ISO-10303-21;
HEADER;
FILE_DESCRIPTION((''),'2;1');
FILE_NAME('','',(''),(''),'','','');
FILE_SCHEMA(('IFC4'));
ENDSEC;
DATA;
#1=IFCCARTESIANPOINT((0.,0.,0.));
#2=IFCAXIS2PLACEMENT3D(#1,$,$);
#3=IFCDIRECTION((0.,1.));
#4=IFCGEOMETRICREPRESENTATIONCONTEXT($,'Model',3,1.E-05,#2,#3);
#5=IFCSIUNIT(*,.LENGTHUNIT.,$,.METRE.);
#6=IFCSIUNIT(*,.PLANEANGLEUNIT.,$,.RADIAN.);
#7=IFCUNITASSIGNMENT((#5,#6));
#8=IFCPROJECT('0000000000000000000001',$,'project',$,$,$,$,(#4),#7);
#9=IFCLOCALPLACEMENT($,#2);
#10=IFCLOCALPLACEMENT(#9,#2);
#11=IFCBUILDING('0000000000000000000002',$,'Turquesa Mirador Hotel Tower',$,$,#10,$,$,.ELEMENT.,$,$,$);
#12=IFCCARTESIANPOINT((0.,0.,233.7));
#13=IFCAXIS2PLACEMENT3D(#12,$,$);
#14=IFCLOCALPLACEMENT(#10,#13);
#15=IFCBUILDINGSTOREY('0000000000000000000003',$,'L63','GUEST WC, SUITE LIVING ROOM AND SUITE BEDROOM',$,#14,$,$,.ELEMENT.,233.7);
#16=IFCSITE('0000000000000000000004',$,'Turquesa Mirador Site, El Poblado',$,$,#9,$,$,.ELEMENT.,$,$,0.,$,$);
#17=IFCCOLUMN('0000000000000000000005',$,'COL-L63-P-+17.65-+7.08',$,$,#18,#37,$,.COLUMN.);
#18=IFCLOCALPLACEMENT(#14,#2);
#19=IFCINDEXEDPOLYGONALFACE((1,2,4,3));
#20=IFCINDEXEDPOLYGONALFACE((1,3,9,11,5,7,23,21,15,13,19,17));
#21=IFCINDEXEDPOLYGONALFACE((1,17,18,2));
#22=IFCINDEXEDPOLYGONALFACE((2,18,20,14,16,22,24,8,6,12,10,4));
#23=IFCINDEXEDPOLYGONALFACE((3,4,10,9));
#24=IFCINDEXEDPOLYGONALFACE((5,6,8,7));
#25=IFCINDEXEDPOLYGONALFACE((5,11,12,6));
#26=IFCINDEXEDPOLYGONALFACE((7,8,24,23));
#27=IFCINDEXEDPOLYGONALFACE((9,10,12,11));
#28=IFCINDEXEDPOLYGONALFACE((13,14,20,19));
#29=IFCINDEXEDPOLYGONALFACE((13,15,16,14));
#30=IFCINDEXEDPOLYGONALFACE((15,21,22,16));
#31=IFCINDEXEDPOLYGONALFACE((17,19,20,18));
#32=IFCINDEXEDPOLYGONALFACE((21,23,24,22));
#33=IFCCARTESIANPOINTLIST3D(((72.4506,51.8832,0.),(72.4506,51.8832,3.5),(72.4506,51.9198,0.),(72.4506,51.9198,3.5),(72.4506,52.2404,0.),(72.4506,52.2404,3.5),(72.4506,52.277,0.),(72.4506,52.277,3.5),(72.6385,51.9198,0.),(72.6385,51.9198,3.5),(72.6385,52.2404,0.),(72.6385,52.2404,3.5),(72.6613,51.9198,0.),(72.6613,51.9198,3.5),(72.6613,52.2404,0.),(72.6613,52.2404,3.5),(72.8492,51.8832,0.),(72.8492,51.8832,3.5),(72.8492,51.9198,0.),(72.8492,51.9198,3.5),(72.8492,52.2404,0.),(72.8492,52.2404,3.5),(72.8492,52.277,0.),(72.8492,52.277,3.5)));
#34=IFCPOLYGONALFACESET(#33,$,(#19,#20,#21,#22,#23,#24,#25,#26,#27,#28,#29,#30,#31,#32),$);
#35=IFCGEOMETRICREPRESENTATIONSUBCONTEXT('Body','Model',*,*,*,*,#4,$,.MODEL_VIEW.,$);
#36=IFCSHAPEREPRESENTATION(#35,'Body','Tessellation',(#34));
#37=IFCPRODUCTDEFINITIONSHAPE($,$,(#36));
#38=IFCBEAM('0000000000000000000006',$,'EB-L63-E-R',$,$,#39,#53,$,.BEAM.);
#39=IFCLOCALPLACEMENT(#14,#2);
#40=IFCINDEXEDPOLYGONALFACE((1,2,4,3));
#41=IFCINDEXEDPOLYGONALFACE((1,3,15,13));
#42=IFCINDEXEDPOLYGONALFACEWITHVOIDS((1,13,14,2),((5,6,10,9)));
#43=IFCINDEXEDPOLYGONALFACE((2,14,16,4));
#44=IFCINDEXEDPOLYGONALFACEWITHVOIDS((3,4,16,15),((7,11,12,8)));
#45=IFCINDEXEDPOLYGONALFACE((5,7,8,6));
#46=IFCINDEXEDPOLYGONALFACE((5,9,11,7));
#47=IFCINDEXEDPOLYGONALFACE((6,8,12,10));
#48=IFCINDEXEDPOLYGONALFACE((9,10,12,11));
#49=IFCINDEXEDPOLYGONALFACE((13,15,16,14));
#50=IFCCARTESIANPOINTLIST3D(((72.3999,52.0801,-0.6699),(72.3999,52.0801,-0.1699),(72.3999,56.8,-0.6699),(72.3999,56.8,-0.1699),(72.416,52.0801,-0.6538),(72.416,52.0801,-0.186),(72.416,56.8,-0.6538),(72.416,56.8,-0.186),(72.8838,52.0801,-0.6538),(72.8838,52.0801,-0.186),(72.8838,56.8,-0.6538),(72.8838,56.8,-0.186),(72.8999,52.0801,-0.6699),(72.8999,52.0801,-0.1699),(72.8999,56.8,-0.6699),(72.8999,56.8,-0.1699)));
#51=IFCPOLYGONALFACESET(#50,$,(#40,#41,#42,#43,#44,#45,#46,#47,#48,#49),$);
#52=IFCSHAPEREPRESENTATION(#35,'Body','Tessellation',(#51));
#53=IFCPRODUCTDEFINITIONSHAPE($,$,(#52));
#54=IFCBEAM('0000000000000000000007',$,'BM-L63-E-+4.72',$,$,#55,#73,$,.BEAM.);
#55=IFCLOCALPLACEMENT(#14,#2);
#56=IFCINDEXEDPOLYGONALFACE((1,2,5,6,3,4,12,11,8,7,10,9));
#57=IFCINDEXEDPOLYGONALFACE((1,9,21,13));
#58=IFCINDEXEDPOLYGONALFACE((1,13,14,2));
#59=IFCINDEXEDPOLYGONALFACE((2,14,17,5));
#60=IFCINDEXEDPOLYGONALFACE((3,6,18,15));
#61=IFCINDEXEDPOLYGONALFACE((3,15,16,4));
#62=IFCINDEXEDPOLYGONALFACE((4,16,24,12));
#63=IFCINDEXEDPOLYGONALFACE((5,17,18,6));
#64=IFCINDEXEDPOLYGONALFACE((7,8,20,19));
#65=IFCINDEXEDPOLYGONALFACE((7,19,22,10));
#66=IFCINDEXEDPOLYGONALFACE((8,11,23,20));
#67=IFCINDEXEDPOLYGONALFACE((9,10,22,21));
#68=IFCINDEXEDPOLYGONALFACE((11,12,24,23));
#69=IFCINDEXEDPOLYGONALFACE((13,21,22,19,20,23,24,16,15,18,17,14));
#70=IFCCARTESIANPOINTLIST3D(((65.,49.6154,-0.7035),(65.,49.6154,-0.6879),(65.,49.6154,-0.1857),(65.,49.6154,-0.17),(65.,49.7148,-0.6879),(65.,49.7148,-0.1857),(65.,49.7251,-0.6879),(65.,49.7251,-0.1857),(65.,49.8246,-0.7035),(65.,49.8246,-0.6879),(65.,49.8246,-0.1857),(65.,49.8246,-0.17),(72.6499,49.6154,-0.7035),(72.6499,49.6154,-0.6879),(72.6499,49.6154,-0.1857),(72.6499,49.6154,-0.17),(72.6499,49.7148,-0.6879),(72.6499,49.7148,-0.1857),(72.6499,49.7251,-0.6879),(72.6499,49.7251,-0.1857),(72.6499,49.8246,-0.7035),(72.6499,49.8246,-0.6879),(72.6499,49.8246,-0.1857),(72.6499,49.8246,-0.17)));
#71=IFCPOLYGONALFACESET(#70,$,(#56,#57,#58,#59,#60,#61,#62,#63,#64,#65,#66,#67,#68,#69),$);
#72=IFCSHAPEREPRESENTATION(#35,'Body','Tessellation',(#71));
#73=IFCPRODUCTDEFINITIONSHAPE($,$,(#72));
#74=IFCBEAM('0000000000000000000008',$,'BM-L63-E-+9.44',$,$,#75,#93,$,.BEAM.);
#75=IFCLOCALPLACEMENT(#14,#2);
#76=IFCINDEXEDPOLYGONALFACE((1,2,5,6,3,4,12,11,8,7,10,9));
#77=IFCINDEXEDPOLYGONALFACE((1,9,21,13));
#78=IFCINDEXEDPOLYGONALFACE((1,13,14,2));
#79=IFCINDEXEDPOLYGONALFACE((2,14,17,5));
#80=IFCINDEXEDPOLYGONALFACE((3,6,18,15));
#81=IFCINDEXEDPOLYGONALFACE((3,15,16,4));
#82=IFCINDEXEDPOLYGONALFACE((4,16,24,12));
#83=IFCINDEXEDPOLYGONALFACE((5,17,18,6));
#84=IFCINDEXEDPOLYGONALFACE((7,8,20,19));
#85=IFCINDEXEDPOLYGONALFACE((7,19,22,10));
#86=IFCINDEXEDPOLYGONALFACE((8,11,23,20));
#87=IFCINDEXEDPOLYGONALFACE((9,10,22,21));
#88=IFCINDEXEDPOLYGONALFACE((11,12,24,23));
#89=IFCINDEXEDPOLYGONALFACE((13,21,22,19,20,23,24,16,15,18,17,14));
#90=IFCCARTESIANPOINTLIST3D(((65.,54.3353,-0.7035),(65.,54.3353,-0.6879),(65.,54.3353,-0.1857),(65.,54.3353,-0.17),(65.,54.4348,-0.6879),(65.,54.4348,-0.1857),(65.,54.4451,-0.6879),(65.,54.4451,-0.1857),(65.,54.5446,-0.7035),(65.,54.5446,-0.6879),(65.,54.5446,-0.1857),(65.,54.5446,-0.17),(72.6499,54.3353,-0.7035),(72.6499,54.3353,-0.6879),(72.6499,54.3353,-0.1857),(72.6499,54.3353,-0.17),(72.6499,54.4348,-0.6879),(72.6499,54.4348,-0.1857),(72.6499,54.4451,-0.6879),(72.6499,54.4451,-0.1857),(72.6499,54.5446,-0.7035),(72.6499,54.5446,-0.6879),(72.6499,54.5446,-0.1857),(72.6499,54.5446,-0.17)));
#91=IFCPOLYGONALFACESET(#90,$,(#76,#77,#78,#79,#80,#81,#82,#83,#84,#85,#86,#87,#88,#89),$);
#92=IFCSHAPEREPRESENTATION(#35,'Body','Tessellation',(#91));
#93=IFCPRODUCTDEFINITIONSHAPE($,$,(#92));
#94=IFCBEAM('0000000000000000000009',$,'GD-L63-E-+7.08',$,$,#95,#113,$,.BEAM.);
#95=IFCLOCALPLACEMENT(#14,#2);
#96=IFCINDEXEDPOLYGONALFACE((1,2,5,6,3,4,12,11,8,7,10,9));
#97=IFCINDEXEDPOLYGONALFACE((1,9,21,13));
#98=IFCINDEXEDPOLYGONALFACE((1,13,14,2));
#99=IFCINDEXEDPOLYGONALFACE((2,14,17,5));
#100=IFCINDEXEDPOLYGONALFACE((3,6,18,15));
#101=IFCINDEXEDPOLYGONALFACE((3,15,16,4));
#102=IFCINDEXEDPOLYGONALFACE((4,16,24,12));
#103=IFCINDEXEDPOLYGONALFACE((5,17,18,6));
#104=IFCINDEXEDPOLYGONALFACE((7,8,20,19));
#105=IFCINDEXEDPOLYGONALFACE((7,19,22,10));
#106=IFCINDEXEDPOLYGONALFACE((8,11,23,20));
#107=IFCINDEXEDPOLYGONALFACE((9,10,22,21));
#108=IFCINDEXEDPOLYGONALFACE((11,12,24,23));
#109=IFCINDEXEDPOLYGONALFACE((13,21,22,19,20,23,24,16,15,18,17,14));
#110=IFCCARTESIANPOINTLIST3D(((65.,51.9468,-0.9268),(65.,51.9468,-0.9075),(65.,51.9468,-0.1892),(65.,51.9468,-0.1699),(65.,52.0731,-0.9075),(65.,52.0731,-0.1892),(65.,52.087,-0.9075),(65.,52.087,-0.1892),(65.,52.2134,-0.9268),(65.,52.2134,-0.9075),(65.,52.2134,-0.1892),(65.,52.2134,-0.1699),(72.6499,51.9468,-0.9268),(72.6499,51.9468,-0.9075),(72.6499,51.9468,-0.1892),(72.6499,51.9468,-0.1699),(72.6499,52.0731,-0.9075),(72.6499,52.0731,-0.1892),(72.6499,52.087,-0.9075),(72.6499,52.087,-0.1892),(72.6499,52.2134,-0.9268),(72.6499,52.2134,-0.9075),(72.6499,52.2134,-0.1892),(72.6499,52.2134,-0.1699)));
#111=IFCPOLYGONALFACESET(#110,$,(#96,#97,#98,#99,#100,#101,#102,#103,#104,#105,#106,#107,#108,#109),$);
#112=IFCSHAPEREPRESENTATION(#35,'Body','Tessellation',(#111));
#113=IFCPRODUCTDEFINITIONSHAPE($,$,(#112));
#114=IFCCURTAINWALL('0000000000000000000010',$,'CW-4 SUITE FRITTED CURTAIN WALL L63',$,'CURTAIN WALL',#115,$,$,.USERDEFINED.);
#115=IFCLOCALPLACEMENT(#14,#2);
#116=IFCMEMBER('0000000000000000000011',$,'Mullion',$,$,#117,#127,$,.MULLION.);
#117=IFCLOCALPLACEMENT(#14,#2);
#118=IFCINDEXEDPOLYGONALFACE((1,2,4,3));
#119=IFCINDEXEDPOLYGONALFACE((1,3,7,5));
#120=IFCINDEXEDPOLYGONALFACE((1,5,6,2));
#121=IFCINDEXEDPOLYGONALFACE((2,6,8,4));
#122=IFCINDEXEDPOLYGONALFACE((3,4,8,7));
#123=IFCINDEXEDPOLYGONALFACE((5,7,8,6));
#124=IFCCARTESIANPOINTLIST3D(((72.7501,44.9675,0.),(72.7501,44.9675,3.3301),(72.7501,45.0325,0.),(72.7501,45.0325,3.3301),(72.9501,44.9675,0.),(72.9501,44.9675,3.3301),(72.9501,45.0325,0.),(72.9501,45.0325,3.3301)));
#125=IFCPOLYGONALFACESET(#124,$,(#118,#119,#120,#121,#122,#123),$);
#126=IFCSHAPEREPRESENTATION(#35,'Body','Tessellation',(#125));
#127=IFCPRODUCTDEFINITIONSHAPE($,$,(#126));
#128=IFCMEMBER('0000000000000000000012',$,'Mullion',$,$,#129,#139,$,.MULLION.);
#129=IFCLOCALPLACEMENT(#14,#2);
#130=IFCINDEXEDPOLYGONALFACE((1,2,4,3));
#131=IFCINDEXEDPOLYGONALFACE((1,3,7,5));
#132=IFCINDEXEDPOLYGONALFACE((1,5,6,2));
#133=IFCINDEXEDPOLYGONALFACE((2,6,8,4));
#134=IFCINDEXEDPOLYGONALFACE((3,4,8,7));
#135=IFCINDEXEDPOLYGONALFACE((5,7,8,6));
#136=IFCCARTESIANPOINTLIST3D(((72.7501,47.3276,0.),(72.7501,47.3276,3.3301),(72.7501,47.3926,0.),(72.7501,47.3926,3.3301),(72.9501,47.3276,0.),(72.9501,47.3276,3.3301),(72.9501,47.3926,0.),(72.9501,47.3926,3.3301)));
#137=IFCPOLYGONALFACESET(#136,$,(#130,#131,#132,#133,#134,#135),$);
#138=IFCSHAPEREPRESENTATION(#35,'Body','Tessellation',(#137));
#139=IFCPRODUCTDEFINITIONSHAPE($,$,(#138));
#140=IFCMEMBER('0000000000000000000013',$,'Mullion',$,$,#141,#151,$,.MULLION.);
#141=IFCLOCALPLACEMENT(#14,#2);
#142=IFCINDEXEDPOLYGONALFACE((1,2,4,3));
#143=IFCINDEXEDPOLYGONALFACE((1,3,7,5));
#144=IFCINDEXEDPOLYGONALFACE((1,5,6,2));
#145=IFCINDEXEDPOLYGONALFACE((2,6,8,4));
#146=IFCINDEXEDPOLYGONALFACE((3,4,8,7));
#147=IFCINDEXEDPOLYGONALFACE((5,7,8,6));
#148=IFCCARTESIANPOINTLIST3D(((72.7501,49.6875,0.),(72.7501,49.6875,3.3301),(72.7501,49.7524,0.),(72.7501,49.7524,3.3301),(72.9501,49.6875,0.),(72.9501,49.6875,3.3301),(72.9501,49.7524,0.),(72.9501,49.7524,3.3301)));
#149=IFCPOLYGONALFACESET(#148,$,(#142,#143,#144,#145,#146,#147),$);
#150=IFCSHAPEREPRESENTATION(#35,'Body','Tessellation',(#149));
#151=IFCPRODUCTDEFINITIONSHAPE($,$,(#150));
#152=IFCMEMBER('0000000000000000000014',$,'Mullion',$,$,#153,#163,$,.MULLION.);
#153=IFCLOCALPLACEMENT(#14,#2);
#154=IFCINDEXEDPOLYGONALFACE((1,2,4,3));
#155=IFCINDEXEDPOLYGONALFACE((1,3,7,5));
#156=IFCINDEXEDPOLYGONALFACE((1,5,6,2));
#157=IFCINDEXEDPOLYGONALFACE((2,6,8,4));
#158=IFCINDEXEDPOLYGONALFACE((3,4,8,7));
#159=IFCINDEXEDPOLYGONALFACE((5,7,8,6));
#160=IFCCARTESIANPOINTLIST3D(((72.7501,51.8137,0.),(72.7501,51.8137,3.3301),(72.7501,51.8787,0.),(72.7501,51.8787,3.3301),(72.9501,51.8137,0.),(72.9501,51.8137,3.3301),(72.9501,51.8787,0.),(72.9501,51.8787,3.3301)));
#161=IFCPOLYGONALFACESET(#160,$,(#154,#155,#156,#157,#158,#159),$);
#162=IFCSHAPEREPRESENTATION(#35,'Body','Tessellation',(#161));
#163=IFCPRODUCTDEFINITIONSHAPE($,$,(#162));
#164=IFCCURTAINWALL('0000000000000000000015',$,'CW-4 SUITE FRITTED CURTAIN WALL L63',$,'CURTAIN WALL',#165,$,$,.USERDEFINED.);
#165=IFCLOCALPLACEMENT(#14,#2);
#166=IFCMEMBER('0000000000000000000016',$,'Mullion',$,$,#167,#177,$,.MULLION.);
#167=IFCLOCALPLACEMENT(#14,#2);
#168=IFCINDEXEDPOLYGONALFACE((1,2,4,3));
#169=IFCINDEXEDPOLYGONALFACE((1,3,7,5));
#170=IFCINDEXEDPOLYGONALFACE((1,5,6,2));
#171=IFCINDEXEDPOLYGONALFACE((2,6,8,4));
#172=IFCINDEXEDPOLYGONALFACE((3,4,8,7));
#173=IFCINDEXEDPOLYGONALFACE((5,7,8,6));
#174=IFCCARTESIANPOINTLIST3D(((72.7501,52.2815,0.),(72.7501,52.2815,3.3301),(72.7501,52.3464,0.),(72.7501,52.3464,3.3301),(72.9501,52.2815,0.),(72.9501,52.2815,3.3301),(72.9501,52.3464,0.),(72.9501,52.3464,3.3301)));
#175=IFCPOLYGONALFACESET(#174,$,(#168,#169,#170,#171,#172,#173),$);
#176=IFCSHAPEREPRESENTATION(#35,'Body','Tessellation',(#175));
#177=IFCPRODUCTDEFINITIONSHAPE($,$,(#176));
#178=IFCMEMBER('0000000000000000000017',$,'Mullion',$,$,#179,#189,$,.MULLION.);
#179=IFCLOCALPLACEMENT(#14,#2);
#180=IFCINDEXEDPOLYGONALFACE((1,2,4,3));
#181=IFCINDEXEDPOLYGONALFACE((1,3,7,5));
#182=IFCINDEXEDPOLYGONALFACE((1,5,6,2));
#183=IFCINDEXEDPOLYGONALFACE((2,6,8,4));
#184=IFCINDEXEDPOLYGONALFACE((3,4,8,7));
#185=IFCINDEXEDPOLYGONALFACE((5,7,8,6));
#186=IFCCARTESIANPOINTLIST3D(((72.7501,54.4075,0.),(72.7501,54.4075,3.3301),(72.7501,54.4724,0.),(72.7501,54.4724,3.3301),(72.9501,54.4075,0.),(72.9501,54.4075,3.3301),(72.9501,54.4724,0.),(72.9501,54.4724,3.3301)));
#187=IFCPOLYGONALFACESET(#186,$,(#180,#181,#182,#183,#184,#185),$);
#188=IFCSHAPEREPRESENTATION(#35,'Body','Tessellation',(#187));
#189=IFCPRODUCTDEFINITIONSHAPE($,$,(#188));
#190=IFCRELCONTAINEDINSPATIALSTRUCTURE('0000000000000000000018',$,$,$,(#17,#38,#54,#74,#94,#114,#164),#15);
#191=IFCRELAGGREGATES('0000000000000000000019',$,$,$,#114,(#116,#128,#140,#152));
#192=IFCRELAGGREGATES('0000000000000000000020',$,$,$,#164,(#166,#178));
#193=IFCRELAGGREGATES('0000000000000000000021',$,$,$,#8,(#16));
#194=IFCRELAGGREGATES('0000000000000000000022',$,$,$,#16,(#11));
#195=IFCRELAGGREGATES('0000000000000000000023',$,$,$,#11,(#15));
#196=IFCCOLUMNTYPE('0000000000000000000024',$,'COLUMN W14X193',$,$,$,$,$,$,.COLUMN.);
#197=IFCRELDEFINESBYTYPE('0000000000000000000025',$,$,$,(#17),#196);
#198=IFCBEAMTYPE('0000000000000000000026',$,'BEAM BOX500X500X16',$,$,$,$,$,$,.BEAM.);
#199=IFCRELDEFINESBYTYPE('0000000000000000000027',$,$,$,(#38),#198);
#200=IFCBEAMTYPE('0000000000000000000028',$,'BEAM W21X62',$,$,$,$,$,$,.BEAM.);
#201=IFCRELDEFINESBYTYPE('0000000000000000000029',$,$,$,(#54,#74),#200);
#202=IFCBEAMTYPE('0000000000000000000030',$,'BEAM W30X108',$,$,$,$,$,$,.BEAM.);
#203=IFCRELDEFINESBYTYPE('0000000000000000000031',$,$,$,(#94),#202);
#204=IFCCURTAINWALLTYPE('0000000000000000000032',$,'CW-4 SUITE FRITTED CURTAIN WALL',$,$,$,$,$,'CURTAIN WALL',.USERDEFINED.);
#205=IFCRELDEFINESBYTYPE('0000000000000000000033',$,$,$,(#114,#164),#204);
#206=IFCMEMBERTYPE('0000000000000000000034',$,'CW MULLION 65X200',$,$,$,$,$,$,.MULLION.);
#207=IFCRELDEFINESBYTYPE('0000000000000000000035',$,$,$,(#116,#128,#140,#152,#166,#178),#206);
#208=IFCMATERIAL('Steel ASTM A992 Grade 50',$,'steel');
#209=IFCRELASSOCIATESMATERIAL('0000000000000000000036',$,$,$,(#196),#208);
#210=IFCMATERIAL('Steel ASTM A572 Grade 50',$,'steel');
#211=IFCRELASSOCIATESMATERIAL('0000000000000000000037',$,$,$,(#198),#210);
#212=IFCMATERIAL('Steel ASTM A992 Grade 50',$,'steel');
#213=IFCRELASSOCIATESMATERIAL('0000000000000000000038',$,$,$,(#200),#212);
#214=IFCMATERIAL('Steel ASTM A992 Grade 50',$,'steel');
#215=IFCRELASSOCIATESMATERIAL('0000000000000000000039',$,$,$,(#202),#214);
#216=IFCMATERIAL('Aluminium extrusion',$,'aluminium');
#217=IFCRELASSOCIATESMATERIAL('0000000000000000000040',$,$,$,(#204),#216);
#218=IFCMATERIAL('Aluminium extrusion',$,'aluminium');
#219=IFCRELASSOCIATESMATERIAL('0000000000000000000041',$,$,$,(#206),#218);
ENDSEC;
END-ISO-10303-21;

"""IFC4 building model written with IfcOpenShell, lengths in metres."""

from ifc_helpers import new_model, si_unit, direction, frame, origin, origin_2d, place, context, subcontext, project, spatial, rectangle, hollow_rectangle, i_section, extrude, material, material_profile, profile_set, type_object, element, aggregate, save


model = new_model("IFC4")

# Units and contexts
model_context = context("Model", 3, precision=1e-05, world=origin(), true_north=direction((0.0, 1.0)))
body_context = subcontext(model_context, "Body", "Model", "MODEL_VIEW")
ifc_project = project(units=[si_unit("LENGTHUNIT", "METRE"), si_unit("PLANEANGLEUNIT", "RADIAN")], contexts=[model_context])

# Site, building, storey
site_placement = place(None, origin())
site = spatial("IfcSite", under=ifc_project, at=site_placement, Name="Turquesa Mirador Site, El Poblado", CompositionType="ELEMENT", RefElevation=0.0)
building_placement = place(site_placement, origin())
building = spatial("IfcBuilding", under=site, at=building_placement, Name="Turquesa Mirador Hotel Tower", CompositionType="ELEMENT")
storey_placement = place(building_placement, frame((0.0, 0.0, 233.7)))
storey = spatial("IfcBuildingStorey", under=building, at=storey_placement, Name="L63", Description="GUEST WC, SUITE LIVING ROOM AND SUITE BEDROOM", CompositionType="ELEMENT", Elevation=233.7)

# Column
ifc_material_1 = material(Name="Steel ASTM A992 Grade 50", Category="steel")
ifc_material_profile_1 = material_profile(ifc_material_1, i_section(OverallWidth=0.3987, OverallDepth=0.3938, WebThickness=0.0227, FlangeThickness=0.0366, at=origin_2d()), Name="W14X193")
ifc_profile_set_1 = profile_set([ifc_material_profile_1], Name="Steel ASTM A992 Grade 50")
column_type = type_object("IfcColumnType", Name="COLUMN W14X193", PredefinedType="COLUMN", material=ifc_profile_set_1)
column_placement = place(storey_placement, frame((72.6499, 52.0801, 0.0), z_axis=(0.0, 0.0, 1.0), x_axis=(1.0, 0.0, 0.0)))
element("IfcColumn", 1, at=column_placement, inside=storey, type_object=column_type, Name="COL-L63-P-+17.65-+7.08", PredefinedType="COLUMN", context=body_context, shape_type="SweptSolid", body=[
    extrude(i_section(OverallWidth=0.3987, OverallDepth=0.3938, WebThickness=0.0227, FlangeThickness=0.0366, at=origin_2d()), origin(), (0.0, 0.0, 1.0), 3.5),
])

# Beams
ifc_material_2 = material(Name="Steel ASTM A572 Grade 50", Category="steel")
ifc_material_profile_2 = material_profile(ifc_material_2, hollow_rectangle(XDim=0.5, YDim=0.5, WallThickness=0.0161, at=origin_2d()), Name="BOX500X500X16")
ifc_profile_set_2 = profile_set([ifc_material_profile_2], Name="Steel ASTM A572 Grade 50")
beam_type_1 = type_object("IfcBeamType", Name="BEAM BOX500X500X16", PredefinedType="BEAM", material=ifc_profile_set_2)
beam_1_placement = place(storey_placement, frame((72.6499, 52.0801, -0.4199), z_axis=(0.0, 1.0, 0.0), x_axis=(-1.0, 0.0, 0.0)))
element("IfcBeam", 2, at=beam_1_placement, inside=storey, type_object=beam_type_1, Name="EB-L63-E-R", PredefinedType="BEAM", context=body_context, shape_type="SweptSolid", body=[
    extrude(hollow_rectangle(XDim=0.5, YDim=0.5, WallThickness=0.0161, at=origin_2d()), origin(), (0.0, 0.0, 1.0), 4.72),
])
ifc_material_3 = material(Name="Steel ASTM A992 Grade 50", Category="steel")
ifc_material_profile_3 = material_profile(ifc_material_3, i_section(OverallWidth=0.2092, OverallDepth=0.5334, WebThickness=0.0103, FlangeThickness=0.0156, at=origin_2d()), Name="W21X62")
ifc_profile_set_3 = profile_set([ifc_material_profile_3], Name="Steel ASTM A992 Grade 50")
beam_type_2 = type_object("IfcBeamType", Name="BEAM W21X62", PredefinedType="BEAM", material=ifc_profile_set_3)
for number, where, z_axis, x_axis, name in (
    (3, (72.6499, 49.72, -0.4368), (-1.0, 0.0, 0.0), (0.0, -1.0, 0.0), "BM-L63-E-+4.72"),
    (4, (72.6499, 54.4399, -0.4368), (-1.0, 0.0, 0.0), (0.0, -1.0, 0.0), "BM-L63-E-+9.44"),
):
    element("IfcBeam", number, at=place(storey_placement, frame(where, z_axis=z_axis, x_axis=x_axis)), inside=storey, type_object=beam_type_2, Name=name, PredefinedType="BEAM", context=body_context, shape_type="SweptSolid", body=[
        extrude(i_section(OverallWidth=0.2092, OverallDepth=0.5334, WebThickness=0.0103, FlangeThickness=0.0156, at=origin_2d()), origin(), (0.0, 0.0, 1.0), 7.6499),
    ])
ifc_material_4 = material(Name="Steel ASTM A992 Grade 50", Category="steel")
ifc_material_profile_4 = material_profile(ifc_material_4, i_section(OverallWidth=0.2666, OverallDepth=0.7568, WebThickness=0.0139, FlangeThickness=0.0193, at=origin_2d()), Name="W30X108")
ifc_profile_set_4 = profile_set([ifc_material_profile_4], Name="Steel ASTM A992 Grade 50")
beam_type_3 = type_object("IfcBeamType", Name="BEAM W30X108", PredefinedType="BEAM", material=ifc_profile_set_4)
beam_2_placement = place(storey_placement, frame((72.6499, 52.0801, -0.5483), z_axis=(-1.0, 0.0, 0.0), x_axis=(0.0, -1.0, 0.0)))
element("IfcBeam", 5, at=beam_2_placement, inside=storey, type_object=beam_type_3, Name="GD-L63-E-+7.08", PredefinedType="BEAM", context=body_context, shape_type="SweptSolid", body=[
    extrude(i_section(OverallWidth=0.2666, OverallDepth=0.7568, WebThickness=0.0139, FlangeThickness=0.0193, at=origin_2d()), origin(), (0.0, 0.0, 1.0), 7.6499),
])

# Curtain walls, members
ifc_material_5 = material(Name="Aluminium extrusion", Category="aluminium")
curtain_wall_type = type_object("IfcCurtainWallType", Name="CW-4 SUITE FRITTED CURTAIN WALL", ElementType="CURTAIN WALL", PredefinedType="USERDEFINED", material=ifc_material_5)
curtain_wall_1_placement = place(storey_placement, origin())
curtain_wall_1 = element("IfcCurtainWall", 6, at=curtain_wall_1_placement, inside=storey, type_object=curtain_wall_type, Name="CW-4 SUITE FRITTED CURTAIN WALL L63", ObjectType="CURTAIN WALL", PredefinedType="USERDEFINED")
ifc_material_6 = material(Name="Aluminium extrusion", Category="aluminium")
ifc_material_profile_5 = material_profile(ifc_material_6, rectangle(XDim=0.0649, YDim=0.2, at=origin_2d()), Name="MULLION 65X200")
ifc_profile_set_5 = profile_set([ifc_material_profile_5], Name="Aluminium extrusion")
member_type_1 = type_object("IfcMemberType", Name="CW MULLION 65X200", PredefinedType="MULLION", material=ifc_profile_set_5)
member_1_placement = place(storey_placement, frame((72.8501, 45.0, 0.0), z_axis=(0.0, 0.0, 1.0), x_axis=(0.0, 1.0, 0.0)))
member_1 = element("IfcMember", 7, at=member_1_placement, type_object=member_type_1, Name="Mullion", PredefinedType="MULLION", context=body_context, shape_type="SweptSolid", body=[
    extrude(rectangle(XDim=0.0649, YDim=0.2, at=origin_2d()), origin(), (0.0, 0.0, 1.0), 3.3301),
])
member_2_placement = place(storey_placement, frame((72.8501, 47.3601, 0.0), z_axis=(0.0, 0.0, 1.0), x_axis=(0.0, 1.0, 0.0)))
member_2 = element("IfcMember", 8, at=member_2_placement, type_object=member_type_1, Name="Mullion", PredefinedType="MULLION", context=body_context, shape_type="SweptSolid", body=[
    extrude(rectangle(XDim=0.0649, YDim=0.2, at=origin_2d()), origin(), (0.0, 0.0, 1.0), 3.3301),
])
member_3_placement = place(storey_placement, frame((72.8501, 49.72, 0.0), z_axis=(0.0, 0.0, 1.0), x_axis=(0.0, 1.0, 0.0)))
member_3 = element("IfcMember", 9, at=member_3_placement, type_object=member_type_1, Name="Mullion", PredefinedType="MULLION", context=body_context, shape_type="SweptSolid", body=[
    extrude(rectangle(XDim=0.0649, YDim=0.2, at=origin_2d()), origin(), (0.0, 0.0, 1.0), 3.3301),
])
member_4_placement = place(storey_placement, frame((72.8501, 51.8462, 0.0), z_axis=(0.0, 0.0, 1.0), x_axis=(0.0, 1.0, 0.0)))
member_4 = element("IfcMember", 10, at=member_4_placement, type_object=member_type_1, Name="Mullion", PredefinedType="MULLION", context=body_context, shape_type="SweptSolid", body=[
    extrude(rectangle(XDim=0.0649, YDim=0.2, at=origin_2d()), origin(), (0.0, 0.0, 1.0), 3.3301),
])
curtain_wall_2_placement = place(storey_placement, origin())
curtain_wall_2 = element("IfcCurtainWall", 11, at=curtain_wall_2_placement, inside=storey, type_object=curtain_wall_type, Name="CW-4 SUITE FRITTED CURTAIN WALL L63", ObjectType="CURTAIN WALL", PredefinedType="USERDEFINED")
member_5_placement = place(storey_placement, frame((72.8501, 52.314, 0.0), z_axis=(0.0, 0.0, 1.0), x_axis=(0.0, 1.0, 0.0)))
member_5 = element("IfcMember", 12, at=member_5_placement, type_object=member_type_1, Name="Mullion", PredefinedType="MULLION", context=body_context, shape_type="SweptSolid", body=[
    extrude(rectangle(XDim=0.0649, YDim=0.2, at=origin_2d()), origin(), (0.0, 0.0, 1.0), 3.3301),
])
member_6_placement = place(storey_placement, frame((72.8501, 54.4399, 0.0), z_axis=(0.0, 0.0, 1.0), x_axis=(0.0, 1.0, 0.0)))
member_6 = element("IfcMember", 13, at=member_6_placement, type_object=member_type_1, Name="Mullion", PredefinedType="MULLION", context=body_context, shape_type="SweptSolid", body=[
    extrude(rectangle(XDim=0.0649, YDim=0.2, at=origin_2d()), origin(), (0.0, 0.0, 1.0), 3.3301),
])

aggregate(curtain_wall_1, [member_1, member_2, member_3, member_4])
aggregate(curtain_wall_2, [member_5, member_6])

save(model, "model.ifc")
